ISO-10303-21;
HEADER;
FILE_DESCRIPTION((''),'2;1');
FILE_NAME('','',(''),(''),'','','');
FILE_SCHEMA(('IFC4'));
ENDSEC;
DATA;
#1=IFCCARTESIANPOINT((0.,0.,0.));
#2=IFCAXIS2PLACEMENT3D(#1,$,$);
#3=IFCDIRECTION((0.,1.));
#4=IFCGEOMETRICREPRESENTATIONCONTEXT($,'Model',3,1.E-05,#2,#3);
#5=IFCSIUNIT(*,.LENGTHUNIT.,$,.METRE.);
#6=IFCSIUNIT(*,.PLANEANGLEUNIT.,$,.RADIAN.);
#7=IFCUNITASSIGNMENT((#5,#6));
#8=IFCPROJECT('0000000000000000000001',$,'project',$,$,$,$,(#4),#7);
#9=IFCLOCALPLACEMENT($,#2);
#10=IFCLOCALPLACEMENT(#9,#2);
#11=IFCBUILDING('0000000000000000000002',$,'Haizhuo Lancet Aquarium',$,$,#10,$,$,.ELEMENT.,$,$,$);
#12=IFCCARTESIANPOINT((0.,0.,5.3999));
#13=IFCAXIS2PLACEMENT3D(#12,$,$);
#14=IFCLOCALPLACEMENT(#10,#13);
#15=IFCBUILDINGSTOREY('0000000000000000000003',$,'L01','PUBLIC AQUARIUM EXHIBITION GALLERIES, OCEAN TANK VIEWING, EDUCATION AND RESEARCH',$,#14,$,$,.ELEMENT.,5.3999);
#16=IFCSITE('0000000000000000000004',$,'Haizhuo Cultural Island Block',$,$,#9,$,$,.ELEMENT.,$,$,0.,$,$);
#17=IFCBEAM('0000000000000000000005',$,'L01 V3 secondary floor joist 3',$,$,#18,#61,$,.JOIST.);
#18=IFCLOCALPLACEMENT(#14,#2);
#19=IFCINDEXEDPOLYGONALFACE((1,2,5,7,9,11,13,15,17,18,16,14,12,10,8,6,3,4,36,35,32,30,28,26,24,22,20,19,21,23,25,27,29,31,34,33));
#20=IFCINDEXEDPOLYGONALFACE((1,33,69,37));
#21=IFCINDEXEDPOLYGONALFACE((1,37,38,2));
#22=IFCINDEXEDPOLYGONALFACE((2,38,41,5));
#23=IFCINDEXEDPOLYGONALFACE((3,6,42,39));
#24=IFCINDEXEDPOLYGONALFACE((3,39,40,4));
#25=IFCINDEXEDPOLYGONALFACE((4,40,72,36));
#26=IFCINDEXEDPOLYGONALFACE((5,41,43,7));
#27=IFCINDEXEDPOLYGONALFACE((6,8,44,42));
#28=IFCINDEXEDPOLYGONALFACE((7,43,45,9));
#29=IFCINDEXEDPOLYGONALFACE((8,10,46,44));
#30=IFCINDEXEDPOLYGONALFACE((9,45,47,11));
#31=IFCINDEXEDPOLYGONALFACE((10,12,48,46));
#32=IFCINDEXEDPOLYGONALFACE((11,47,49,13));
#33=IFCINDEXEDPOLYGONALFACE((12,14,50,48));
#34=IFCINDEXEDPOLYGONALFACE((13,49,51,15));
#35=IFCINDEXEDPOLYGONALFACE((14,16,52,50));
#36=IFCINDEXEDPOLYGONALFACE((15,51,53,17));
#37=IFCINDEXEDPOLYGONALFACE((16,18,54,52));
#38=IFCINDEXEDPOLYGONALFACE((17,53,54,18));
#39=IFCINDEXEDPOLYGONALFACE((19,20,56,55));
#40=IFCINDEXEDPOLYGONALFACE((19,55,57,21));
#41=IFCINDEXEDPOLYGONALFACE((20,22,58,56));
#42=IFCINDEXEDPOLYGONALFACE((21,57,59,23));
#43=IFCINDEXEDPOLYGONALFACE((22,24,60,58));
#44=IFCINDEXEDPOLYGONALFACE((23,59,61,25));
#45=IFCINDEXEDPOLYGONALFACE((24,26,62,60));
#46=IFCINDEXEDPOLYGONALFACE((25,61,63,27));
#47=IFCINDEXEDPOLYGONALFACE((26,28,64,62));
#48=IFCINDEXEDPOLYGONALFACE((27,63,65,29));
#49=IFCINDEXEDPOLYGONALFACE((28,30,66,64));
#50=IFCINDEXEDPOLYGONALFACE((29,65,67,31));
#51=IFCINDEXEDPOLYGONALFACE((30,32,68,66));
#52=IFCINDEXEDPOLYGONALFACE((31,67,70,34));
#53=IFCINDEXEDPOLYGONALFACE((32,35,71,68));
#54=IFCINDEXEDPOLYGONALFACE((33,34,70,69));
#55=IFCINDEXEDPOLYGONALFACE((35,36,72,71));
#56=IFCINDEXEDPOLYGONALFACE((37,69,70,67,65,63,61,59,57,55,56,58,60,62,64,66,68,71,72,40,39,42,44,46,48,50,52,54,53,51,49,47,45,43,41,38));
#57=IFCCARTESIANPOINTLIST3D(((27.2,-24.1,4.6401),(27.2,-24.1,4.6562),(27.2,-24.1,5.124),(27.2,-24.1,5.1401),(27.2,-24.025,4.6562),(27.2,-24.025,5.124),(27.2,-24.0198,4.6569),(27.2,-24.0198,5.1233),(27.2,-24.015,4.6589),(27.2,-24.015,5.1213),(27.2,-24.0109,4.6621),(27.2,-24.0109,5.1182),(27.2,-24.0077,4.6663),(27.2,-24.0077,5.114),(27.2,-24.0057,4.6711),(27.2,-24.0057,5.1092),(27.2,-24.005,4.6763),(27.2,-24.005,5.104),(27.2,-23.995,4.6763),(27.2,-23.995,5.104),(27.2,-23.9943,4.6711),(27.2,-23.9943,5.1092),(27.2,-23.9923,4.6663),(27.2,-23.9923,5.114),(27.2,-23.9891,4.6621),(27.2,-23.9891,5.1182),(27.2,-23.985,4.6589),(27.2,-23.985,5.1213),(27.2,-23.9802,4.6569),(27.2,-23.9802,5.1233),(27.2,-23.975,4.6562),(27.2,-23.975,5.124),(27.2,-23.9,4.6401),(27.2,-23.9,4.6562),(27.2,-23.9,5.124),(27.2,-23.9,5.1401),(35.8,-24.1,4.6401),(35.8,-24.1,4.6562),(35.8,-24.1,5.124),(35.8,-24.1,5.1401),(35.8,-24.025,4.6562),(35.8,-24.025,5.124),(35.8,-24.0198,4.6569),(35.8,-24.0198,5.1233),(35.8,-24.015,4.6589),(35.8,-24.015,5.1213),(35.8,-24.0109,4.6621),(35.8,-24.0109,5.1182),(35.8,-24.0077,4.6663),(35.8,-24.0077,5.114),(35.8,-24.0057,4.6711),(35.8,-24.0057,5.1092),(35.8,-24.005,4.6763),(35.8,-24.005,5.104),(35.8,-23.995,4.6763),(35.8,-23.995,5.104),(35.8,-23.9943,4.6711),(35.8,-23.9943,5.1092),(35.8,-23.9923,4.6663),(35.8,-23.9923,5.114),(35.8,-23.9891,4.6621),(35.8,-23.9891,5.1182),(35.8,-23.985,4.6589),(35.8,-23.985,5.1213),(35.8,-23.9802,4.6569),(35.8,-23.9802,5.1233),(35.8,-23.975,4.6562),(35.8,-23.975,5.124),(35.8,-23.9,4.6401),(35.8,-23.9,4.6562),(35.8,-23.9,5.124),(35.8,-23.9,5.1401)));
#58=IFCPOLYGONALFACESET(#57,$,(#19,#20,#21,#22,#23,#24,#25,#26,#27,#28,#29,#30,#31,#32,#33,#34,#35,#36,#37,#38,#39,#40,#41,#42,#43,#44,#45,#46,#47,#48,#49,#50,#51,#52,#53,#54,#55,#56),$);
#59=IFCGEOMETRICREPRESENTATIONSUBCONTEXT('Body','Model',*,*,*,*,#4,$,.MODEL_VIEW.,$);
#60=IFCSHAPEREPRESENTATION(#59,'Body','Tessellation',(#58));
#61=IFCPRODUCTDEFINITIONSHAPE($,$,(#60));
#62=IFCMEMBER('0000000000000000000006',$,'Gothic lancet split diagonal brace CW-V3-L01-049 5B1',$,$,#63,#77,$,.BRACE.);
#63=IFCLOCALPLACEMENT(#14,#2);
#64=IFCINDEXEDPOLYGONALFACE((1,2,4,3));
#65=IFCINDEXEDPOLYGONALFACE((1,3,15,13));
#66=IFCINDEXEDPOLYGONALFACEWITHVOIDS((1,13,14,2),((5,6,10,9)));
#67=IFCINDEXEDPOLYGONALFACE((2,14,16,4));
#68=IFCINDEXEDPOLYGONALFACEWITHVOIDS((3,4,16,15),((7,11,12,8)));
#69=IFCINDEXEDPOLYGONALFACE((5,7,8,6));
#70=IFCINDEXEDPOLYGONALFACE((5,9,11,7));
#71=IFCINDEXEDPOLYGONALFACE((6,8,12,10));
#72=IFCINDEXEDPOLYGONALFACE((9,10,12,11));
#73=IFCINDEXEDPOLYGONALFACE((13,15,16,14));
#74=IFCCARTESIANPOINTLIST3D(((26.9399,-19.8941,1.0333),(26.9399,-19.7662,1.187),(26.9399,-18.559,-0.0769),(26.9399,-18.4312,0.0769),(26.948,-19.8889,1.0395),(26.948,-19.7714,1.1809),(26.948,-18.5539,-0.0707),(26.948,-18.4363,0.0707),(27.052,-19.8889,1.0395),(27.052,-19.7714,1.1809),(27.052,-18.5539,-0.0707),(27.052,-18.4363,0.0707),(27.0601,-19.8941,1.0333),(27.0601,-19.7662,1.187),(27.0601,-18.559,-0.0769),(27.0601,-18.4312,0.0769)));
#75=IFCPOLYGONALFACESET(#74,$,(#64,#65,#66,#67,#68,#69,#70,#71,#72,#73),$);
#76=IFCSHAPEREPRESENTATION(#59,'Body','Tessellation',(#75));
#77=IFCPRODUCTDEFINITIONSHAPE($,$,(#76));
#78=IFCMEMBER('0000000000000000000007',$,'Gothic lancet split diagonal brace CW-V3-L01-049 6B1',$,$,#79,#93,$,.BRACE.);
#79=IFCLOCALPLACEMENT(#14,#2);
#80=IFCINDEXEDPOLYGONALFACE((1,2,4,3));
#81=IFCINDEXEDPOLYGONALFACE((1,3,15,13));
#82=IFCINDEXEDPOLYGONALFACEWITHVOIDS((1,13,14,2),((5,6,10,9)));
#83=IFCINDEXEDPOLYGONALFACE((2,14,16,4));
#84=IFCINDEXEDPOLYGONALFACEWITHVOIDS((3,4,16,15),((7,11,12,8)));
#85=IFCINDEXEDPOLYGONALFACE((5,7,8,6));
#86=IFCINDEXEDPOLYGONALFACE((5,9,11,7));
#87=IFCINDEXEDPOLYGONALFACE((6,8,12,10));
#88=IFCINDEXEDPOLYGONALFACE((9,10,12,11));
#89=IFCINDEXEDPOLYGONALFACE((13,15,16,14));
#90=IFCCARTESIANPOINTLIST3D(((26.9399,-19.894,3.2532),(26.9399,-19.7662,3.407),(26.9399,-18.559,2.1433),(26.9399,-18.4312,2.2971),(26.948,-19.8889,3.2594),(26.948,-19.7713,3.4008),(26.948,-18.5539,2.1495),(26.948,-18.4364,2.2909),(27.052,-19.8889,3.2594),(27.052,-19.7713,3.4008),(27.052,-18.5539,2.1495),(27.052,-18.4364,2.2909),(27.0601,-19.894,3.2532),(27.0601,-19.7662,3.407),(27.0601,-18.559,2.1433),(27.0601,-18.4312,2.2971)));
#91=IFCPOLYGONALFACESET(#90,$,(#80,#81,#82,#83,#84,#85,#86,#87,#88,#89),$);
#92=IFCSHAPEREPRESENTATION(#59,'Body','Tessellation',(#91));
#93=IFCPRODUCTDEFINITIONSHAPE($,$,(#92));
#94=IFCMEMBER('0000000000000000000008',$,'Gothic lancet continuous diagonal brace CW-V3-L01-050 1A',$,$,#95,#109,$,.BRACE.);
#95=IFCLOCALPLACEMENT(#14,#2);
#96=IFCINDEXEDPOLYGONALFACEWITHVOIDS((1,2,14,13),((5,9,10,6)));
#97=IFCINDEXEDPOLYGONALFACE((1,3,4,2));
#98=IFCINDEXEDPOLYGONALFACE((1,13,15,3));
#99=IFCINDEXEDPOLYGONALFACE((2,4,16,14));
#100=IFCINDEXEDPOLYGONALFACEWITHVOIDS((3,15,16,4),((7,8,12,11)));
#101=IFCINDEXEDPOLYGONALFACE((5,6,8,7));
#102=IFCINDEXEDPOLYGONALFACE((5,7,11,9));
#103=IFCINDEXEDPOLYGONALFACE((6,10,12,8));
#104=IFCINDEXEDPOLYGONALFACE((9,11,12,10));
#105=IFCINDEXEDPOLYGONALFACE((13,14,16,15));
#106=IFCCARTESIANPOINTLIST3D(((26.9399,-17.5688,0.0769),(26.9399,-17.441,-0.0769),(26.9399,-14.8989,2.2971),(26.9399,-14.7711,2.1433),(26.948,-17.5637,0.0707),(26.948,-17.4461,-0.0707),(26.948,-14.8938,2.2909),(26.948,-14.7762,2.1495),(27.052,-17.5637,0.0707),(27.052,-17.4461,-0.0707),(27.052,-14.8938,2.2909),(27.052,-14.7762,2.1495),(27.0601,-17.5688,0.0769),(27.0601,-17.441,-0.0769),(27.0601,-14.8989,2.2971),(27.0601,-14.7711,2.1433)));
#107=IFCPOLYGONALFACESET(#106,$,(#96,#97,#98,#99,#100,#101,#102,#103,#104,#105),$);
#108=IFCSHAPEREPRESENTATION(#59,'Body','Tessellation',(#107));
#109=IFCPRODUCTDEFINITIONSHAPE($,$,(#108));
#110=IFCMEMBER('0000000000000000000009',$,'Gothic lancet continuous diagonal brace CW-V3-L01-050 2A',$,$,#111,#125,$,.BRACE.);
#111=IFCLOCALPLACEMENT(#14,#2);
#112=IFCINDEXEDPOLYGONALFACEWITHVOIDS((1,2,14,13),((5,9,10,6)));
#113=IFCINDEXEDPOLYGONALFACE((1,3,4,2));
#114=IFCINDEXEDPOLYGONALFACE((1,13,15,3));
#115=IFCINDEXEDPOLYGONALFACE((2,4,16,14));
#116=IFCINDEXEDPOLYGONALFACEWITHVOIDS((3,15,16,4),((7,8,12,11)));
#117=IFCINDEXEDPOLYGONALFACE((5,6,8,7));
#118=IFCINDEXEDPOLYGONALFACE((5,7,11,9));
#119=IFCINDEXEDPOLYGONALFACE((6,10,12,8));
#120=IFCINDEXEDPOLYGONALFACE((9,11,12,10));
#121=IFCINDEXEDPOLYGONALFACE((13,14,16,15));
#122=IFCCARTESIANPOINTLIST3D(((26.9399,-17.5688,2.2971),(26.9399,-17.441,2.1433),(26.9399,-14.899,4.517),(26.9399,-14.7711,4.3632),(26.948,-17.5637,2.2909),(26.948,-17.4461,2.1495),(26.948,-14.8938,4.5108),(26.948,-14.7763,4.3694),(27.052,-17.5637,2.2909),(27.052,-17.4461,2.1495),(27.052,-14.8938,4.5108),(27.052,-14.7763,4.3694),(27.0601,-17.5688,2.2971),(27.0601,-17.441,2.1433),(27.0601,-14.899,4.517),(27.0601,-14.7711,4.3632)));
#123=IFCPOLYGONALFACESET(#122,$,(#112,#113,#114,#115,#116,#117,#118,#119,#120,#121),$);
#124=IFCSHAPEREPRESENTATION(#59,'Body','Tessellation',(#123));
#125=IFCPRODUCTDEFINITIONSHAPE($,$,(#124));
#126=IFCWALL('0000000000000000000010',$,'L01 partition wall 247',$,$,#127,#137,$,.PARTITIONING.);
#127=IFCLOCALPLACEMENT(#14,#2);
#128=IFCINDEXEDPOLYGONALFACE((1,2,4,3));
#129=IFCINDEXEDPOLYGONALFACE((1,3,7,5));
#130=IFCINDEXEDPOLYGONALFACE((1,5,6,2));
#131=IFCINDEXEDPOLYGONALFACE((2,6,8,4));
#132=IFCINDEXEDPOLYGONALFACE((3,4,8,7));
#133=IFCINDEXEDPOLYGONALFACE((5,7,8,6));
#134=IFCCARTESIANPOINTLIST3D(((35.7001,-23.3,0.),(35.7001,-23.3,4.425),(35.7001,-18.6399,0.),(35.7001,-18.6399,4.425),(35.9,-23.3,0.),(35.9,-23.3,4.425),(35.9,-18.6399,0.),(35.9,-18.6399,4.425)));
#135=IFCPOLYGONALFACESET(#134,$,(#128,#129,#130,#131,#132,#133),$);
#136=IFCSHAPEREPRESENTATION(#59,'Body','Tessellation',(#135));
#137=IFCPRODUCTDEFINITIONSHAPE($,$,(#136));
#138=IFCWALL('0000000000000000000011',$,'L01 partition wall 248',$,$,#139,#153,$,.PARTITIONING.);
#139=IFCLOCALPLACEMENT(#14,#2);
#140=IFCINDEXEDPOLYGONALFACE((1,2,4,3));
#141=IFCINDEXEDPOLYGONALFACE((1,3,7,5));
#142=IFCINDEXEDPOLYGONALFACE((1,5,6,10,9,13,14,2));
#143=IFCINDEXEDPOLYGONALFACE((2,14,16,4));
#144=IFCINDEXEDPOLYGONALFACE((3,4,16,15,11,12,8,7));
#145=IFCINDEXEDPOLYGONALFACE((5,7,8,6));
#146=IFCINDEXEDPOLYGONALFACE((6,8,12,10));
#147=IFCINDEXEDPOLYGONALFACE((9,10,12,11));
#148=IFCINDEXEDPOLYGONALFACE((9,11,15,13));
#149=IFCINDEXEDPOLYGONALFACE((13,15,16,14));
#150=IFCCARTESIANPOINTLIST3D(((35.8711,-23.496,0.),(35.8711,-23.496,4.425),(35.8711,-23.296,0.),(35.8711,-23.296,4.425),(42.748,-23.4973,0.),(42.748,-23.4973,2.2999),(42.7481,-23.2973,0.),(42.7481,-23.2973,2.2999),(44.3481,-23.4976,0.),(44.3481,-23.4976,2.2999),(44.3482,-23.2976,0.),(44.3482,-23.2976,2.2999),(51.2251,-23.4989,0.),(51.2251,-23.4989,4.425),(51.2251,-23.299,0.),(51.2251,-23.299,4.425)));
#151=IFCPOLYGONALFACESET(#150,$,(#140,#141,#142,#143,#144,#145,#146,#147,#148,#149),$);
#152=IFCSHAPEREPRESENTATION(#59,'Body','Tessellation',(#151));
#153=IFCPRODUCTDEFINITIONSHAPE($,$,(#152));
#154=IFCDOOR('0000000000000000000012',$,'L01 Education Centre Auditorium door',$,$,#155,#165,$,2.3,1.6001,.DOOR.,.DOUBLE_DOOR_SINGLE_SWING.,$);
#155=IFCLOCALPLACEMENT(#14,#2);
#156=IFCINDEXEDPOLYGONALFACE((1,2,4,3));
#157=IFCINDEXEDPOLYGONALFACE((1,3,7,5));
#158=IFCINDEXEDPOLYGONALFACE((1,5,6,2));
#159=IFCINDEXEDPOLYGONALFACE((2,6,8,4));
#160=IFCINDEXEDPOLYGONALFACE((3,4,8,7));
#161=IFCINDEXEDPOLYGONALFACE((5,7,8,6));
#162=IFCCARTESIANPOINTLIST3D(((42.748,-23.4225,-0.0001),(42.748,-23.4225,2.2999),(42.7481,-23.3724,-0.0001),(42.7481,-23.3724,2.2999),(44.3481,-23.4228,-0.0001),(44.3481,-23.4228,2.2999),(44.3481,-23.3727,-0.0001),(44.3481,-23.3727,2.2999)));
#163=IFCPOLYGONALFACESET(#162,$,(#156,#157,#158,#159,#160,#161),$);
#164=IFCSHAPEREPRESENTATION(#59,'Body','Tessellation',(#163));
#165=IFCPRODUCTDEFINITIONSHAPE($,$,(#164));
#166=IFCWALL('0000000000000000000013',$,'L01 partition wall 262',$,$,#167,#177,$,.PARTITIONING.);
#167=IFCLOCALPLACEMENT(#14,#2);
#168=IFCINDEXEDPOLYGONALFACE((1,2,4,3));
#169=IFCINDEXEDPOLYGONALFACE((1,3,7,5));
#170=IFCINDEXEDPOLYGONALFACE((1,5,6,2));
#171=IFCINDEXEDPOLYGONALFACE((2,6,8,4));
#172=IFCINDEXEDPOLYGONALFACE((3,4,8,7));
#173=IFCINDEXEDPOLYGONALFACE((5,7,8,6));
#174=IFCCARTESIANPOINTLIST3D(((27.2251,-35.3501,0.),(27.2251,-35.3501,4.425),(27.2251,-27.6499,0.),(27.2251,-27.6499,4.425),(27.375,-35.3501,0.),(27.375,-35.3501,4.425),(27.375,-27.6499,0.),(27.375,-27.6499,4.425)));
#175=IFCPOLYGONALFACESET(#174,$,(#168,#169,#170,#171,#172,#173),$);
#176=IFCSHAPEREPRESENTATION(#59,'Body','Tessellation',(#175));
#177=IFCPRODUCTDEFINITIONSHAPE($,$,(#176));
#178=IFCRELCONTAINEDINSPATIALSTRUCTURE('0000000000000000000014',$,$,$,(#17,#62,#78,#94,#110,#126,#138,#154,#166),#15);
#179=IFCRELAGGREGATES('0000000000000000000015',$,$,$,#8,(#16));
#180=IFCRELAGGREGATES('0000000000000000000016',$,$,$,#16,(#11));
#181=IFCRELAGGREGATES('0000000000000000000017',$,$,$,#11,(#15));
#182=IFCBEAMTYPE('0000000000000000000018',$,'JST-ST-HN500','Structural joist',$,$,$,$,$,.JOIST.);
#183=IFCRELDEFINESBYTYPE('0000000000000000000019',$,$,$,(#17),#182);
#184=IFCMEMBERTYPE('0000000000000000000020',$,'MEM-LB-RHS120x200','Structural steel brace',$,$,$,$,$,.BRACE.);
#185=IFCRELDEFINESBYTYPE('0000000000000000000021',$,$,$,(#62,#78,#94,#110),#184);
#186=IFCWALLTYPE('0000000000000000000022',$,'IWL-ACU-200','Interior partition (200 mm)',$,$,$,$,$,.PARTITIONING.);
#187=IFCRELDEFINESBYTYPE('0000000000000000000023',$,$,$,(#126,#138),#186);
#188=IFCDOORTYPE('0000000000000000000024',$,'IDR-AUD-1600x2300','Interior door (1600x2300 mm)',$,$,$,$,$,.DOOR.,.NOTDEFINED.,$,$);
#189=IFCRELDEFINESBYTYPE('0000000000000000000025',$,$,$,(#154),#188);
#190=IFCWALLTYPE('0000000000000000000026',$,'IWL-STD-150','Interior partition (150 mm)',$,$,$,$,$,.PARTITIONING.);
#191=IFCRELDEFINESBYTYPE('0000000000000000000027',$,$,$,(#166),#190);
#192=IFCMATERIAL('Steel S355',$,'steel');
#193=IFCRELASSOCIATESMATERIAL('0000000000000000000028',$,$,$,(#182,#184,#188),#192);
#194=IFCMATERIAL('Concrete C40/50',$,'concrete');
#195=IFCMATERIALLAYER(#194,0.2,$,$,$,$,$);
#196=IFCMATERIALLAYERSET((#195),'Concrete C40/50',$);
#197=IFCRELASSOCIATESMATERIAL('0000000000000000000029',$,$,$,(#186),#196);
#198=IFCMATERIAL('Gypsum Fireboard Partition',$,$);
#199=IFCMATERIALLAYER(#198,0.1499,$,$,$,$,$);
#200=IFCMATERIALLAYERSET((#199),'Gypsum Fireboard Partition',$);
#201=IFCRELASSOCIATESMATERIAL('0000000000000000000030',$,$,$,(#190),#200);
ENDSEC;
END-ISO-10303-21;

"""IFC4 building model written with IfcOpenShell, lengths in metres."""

from ifc_helpers import new_model, si_unit, direction, frame, frame_2d, origin, origin_2d, place, context, subcontext, project, spatial, rectangle, hollow_rectangle, i_section, extrude, material, layer, layer_set, material_profile, profile_set, type_object, element, fill, save


model = new_model("IFC4")

# Units and contexts
model_context = context("Model", 3, precision=1e-05, world=origin(), true_north=direction((0.0, 1.0)))
body_context = subcontext(model_context, "Body", "Model", "MODEL_VIEW")
ifc_project = project(units=[si_unit("LENGTHUNIT", "METRE"), si_unit("PLANEANGLEUNIT", "RADIAN")], contexts=[model_context])

# Site, building, storey
site_placement = place(None, origin())
site = spatial("IfcSite", under=ifc_project, at=site_placement, Name="Haizhuo Cultural Island Block", CompositionType="ELEMENT", RefElevation=0.0)
building_placement = place(site_placement, origin())
building = spatial("IfcBuilding", under=site, at=building_placement, Name="Haizhuo Lancet Aquarium", CompositionType="ELEMENT")
storey_placement = place(building_placement, frame((0.0, 0.0, 5.3999)))
storey = spatial("IfcBuildingStorey", under=building, at=storey_placement, Name="L01", Description="PUBLIC AQUARIUM EXHIBITION GALLERIES, OCEAN TANK VIEWING, EDUCATION AND RESEARCH", CompositionType="ELEMENT", Elevation=5.3999)

# Shared definitions
ifc_material_1 = material(Name="Concrete C40/50", Category="concrete")

# Beam
ifc_material_2 = material(Name="Steel S355", Category="steel")
ifc_material_profile_1 = material_profile(ifc_material_2, i_section(OverallWidth=0.2, OverallDepth=0.5, WebThickness=0.01, FlangeThickness=0.0161, FilletRadius=0.02, at=origin_2d()), Name="HN 500x200x10x16")
ifc_profile_set_1 = profile_set([ifc_material_profile_1], Name="Steel S355")
beam_type_1 = type_object("IfcBeamType", Name="JST-ST-HN500", Description="Structural joist", PredefinedType="JOIST", material=ifc_profile_set_1)
beam_1_placement = place(storey_placement, frame((27.2, -24.0, 4.8901), z_axis=(1.0, 0.0, 0.0), x_axis=(0.0, 1.0, 0.0)))
element("IfcBeam", 1, at=beam_1_placement, inside=storey, type_object=beam_type_1, Name="L01 V3 secondary floor joist 3", PredefinedType="JOIST", context=body_context, shape_type="SweptSolid", body=[
    extrude(i_section(OverallWidth=0.2, OverallDepth=0.5, WebThickness=0.01, FlangeThickness=0.0161, FilletRadius=0.02, at=origin_2d()), origin(), (0.0, 0.0, 1.0), 8.6001),
])

# Members
ifc_material_profile_2 = material_profile(ifc_material_2, hollow_rectangle(XDim=0.1201, YDim=0.2, WallThickness=0.0081, at=origin_2d()), Name="RHS 120x200x8")
ifc_profile_set_2 = profile_set([ifc_material_profile_2], Name="Steel S355")
member_type_1 = type_object("IfcMemberType", Name="MEM-LB-RHS120x200", Description="Structural steel brace", PredefinedType="BRACE", material=ifc_profile_set_2)
member_1_placement = place(storey_placement, frame((27.0, -18.4951, 0.0), z_axis=(0.0, -0.768889, 0.639382), x_axis=(1.0, 0.0, 0.0)))
element("IfcMember", 2, at=member_1_placement, inside=storey, type_object=member_type_1, Name="Gothic lancet split diagonal brace CW-V3-L01-049 5B1", PredefinedType="BRACE", context=body_context, shape_type="SweptSolid", body=[
    extrude(hollow_rectangle(XDim=0.1201, YDim=0.2, WallThickness=0.0081, at=origin_2d()), origin(), (0.0, 0.0, 1.0), 1.7363),
])
member_2_placement = place(storey_placement, frame((27.0, -18.4951, 2.2202), z_axis=(0.0, -0.768958, 0.639299), x_axis=(1.0, 0.0, 0.0)))
element("IfcMember", 3, at=member_2_placement, inside=storey, type_object=member_type_1, Name="Gothic lancet split diagonal brace CW-V3-L01-049 6B1", PredefinedType="BRACE", context=body_context, shape_type="SweptSolid", body=[
    extrude(hollow_rectangle(XDim=0.1201, YDim=0.2, WallThickness=0.0081, at=origin_2d()), origin(), (0.0, 0.0, 1.0), 1.7361),
])
member_3_placement = place(storey_placement, frame((27.0, -17.5049, 0.0), z_axis=(0.0, 0.768889, 0.639382), x_axis=(-1.0, 0.0, 0.0)))
element("IfcMember", 4, at=member_3_placement, inside=storey, type_object=member_type_1, Name="Gothic lancet continuous diagonal brace CW-V3-L01-050 1A", PredefinedType="BRACE", context=body_context, shape_type="SweptSolid", body=[
    extrude(hollow_rectangle(XDim=0.1201, YDim=0.2, WallThickness=0.0081, at=origin_2d()), origin(), (0.0, 0.0, 1.0), 3.4724),
])
member_4_placement = place(storey_placement, frame((27.0, -17.5049, 2.2202), z_axis=(0.0, 0.768924, 0.63934), x_axis=(-1.0, 0.0, 0.0)))
element("IfcMember", 5, at=member_4_placement, inside=storey, type_object=member_type_1, Name="Gothic lancet continuous diagonal brace CW-V3-L01-050 2A", PredefinedType="BRACE", context=body_context, shape_type="SweptSolid", body=[
    extrude(hollow_rectangle(XDim=0.1201, YDim=0.2, WallThickness=0.0081, at=origin_2d()), origin(), (0.0, 0.0, 1.0), 3.4722),
])

# Wall
ifc_layer_1 = layer(ifc_material_1, 0.2)
ifc_layer_set_1 = layer_set([ifc_layer_1], Name="Concrete C40/50")
wall_type_1 = type_object("IfcWallType", Name="IWL-ACU-200", Description="Interior partition (200 mm)", PredefinedType="PARTITIONING", material=ifc_layer_set_1)
wall_1_placement = place(storey_placement, frame((35.8, -18.6399, 0.0), z_axis=(0.0, 0.0, 1.0), x_axis=(0.0, -1.0, 0.0)))
element("IfcWall", 6, at=wall_1_placement, inside=storey, type_object=wall_type_1, Name="L01 partition wall 247", PredefinedType="PARTITIONING", context=body_context, shape_type="SweptSolid", body=[
    extrude(rectangle(XDim=4.6602, YDim=0.2, at=frame_2d((2.3301, 0.0))), origin(), (0.0, 0.0, 1.0), 4.425),
])

# Wall, opening, door
wall_2_placement = place(storey_placement, frame((35.8711, -23.396, 0.0), z_axis=(0.0, 0.0, 1.0), x_axis=(1.0, -0.000191, 0.0)))
wall_2 = element("IfcWall", 7, at=wall_2_placement, inside=storey, type_object=wall_type_1, Name="L01 partition wall 248", PredefinedType="PARTITIONING", context=body_context, shape_type="SweptSolid", body=[
    extrude(rectangle(XDim=15.354, YDim=0.2, at=frame_2d((7.677, 0.0))), origin(), (0.0, 0.0, 1.0), 4.425),
])
opening_1_placement = place(wall_2_placement, frame((6.877, 0.0, 0.0)))
opening_1 = element("IfcOpeningElement", 8, at=opening_1_placement, cuts=wall_2, PredefinedType="OPENING", context=body_context, shape_type="SweptSolid", body=[
    extrude(rectangle(XDim=1.6001, YDim=2.3, at=frame_2d((0.8, 1.1499))), frame((0.0, 0.1099, 0.0), z_axis=(0.0, -1.0, 0.0), x_axis=(1.0, 0.0, 0.0)), (0.0, 0.0, 1.0), 0.22),
])
door_type_1 = type_object("IfcDoorType", Name="IDR-AUD-1600x2300", Description="Interior door (1600x2300 mm)", OperationType="NOTDEFINED", PredefinedType="DOOR", material=ifc_material_2)
door_1_placement = place(opening_1_placement, origin())
door_1 = element("IfcDoor", 9, at=door_1_placement, inside=storey, type_object=door_type_1, Name="L01 Education Centre Auditorium door", OperationType="DOUBLE_DOOR_SINGLE_SWING", OverallHeight=2.3, OverallWidth=1.6001, PredefinedType="DOOR", context=body_context, shape_type="SweptSolid", body=[
    extrude(rectangle(XDim=1.6001, YDim=2.3, at=frame_2d((0.8, 1.1499))), frame((0.0, 0.0249, 0.0), z_axis=(0.0, -1.0, 0.0), x_axis=(1.0, 0.0, 0.0)), (0.0, 0.0, 1.0), 0.05),
])
fill(opening_1, door_1)

# Wall
ifc_material_3 = material(Name="Gypsum Fireboard Partition")
ifc_layer_2 = layer(ifc_material_3, 0.1499)
ifc_layer_set_2 = layer_set([ifc_layer_2], Name="Gypsum Fireboard Partition")
wall_type_2 = type_object("IfcWallType", Name="IWL-STD-150", Description="Interior partition (150 mm)", PredefinedType="PARTITIONING", material=ifc_layer_set_2)
wall_3_placement = place(storey_placement, frame((27.3, -27.6499, 0.0), z_axis=(0.0, 0.0, 1.0), x_axis=(0.0, -1.0, 0.0)))
element("IfcWall", 10, at=wall_3_placement, inside=storey, type_object=wall_type_2, Name="L01 partition wall 262", PredefinedType="PARTITIONING", context=body_context, shape_type="SweptSolid", body=[
    extrude(rectangle(XDim=7.7002, YDim=0.1499, at=frame_2d((3.8501, 0.0))), origin(), (0.0, 0.0, 1.0), 4.425),
])

save(model, "model.ifc")
